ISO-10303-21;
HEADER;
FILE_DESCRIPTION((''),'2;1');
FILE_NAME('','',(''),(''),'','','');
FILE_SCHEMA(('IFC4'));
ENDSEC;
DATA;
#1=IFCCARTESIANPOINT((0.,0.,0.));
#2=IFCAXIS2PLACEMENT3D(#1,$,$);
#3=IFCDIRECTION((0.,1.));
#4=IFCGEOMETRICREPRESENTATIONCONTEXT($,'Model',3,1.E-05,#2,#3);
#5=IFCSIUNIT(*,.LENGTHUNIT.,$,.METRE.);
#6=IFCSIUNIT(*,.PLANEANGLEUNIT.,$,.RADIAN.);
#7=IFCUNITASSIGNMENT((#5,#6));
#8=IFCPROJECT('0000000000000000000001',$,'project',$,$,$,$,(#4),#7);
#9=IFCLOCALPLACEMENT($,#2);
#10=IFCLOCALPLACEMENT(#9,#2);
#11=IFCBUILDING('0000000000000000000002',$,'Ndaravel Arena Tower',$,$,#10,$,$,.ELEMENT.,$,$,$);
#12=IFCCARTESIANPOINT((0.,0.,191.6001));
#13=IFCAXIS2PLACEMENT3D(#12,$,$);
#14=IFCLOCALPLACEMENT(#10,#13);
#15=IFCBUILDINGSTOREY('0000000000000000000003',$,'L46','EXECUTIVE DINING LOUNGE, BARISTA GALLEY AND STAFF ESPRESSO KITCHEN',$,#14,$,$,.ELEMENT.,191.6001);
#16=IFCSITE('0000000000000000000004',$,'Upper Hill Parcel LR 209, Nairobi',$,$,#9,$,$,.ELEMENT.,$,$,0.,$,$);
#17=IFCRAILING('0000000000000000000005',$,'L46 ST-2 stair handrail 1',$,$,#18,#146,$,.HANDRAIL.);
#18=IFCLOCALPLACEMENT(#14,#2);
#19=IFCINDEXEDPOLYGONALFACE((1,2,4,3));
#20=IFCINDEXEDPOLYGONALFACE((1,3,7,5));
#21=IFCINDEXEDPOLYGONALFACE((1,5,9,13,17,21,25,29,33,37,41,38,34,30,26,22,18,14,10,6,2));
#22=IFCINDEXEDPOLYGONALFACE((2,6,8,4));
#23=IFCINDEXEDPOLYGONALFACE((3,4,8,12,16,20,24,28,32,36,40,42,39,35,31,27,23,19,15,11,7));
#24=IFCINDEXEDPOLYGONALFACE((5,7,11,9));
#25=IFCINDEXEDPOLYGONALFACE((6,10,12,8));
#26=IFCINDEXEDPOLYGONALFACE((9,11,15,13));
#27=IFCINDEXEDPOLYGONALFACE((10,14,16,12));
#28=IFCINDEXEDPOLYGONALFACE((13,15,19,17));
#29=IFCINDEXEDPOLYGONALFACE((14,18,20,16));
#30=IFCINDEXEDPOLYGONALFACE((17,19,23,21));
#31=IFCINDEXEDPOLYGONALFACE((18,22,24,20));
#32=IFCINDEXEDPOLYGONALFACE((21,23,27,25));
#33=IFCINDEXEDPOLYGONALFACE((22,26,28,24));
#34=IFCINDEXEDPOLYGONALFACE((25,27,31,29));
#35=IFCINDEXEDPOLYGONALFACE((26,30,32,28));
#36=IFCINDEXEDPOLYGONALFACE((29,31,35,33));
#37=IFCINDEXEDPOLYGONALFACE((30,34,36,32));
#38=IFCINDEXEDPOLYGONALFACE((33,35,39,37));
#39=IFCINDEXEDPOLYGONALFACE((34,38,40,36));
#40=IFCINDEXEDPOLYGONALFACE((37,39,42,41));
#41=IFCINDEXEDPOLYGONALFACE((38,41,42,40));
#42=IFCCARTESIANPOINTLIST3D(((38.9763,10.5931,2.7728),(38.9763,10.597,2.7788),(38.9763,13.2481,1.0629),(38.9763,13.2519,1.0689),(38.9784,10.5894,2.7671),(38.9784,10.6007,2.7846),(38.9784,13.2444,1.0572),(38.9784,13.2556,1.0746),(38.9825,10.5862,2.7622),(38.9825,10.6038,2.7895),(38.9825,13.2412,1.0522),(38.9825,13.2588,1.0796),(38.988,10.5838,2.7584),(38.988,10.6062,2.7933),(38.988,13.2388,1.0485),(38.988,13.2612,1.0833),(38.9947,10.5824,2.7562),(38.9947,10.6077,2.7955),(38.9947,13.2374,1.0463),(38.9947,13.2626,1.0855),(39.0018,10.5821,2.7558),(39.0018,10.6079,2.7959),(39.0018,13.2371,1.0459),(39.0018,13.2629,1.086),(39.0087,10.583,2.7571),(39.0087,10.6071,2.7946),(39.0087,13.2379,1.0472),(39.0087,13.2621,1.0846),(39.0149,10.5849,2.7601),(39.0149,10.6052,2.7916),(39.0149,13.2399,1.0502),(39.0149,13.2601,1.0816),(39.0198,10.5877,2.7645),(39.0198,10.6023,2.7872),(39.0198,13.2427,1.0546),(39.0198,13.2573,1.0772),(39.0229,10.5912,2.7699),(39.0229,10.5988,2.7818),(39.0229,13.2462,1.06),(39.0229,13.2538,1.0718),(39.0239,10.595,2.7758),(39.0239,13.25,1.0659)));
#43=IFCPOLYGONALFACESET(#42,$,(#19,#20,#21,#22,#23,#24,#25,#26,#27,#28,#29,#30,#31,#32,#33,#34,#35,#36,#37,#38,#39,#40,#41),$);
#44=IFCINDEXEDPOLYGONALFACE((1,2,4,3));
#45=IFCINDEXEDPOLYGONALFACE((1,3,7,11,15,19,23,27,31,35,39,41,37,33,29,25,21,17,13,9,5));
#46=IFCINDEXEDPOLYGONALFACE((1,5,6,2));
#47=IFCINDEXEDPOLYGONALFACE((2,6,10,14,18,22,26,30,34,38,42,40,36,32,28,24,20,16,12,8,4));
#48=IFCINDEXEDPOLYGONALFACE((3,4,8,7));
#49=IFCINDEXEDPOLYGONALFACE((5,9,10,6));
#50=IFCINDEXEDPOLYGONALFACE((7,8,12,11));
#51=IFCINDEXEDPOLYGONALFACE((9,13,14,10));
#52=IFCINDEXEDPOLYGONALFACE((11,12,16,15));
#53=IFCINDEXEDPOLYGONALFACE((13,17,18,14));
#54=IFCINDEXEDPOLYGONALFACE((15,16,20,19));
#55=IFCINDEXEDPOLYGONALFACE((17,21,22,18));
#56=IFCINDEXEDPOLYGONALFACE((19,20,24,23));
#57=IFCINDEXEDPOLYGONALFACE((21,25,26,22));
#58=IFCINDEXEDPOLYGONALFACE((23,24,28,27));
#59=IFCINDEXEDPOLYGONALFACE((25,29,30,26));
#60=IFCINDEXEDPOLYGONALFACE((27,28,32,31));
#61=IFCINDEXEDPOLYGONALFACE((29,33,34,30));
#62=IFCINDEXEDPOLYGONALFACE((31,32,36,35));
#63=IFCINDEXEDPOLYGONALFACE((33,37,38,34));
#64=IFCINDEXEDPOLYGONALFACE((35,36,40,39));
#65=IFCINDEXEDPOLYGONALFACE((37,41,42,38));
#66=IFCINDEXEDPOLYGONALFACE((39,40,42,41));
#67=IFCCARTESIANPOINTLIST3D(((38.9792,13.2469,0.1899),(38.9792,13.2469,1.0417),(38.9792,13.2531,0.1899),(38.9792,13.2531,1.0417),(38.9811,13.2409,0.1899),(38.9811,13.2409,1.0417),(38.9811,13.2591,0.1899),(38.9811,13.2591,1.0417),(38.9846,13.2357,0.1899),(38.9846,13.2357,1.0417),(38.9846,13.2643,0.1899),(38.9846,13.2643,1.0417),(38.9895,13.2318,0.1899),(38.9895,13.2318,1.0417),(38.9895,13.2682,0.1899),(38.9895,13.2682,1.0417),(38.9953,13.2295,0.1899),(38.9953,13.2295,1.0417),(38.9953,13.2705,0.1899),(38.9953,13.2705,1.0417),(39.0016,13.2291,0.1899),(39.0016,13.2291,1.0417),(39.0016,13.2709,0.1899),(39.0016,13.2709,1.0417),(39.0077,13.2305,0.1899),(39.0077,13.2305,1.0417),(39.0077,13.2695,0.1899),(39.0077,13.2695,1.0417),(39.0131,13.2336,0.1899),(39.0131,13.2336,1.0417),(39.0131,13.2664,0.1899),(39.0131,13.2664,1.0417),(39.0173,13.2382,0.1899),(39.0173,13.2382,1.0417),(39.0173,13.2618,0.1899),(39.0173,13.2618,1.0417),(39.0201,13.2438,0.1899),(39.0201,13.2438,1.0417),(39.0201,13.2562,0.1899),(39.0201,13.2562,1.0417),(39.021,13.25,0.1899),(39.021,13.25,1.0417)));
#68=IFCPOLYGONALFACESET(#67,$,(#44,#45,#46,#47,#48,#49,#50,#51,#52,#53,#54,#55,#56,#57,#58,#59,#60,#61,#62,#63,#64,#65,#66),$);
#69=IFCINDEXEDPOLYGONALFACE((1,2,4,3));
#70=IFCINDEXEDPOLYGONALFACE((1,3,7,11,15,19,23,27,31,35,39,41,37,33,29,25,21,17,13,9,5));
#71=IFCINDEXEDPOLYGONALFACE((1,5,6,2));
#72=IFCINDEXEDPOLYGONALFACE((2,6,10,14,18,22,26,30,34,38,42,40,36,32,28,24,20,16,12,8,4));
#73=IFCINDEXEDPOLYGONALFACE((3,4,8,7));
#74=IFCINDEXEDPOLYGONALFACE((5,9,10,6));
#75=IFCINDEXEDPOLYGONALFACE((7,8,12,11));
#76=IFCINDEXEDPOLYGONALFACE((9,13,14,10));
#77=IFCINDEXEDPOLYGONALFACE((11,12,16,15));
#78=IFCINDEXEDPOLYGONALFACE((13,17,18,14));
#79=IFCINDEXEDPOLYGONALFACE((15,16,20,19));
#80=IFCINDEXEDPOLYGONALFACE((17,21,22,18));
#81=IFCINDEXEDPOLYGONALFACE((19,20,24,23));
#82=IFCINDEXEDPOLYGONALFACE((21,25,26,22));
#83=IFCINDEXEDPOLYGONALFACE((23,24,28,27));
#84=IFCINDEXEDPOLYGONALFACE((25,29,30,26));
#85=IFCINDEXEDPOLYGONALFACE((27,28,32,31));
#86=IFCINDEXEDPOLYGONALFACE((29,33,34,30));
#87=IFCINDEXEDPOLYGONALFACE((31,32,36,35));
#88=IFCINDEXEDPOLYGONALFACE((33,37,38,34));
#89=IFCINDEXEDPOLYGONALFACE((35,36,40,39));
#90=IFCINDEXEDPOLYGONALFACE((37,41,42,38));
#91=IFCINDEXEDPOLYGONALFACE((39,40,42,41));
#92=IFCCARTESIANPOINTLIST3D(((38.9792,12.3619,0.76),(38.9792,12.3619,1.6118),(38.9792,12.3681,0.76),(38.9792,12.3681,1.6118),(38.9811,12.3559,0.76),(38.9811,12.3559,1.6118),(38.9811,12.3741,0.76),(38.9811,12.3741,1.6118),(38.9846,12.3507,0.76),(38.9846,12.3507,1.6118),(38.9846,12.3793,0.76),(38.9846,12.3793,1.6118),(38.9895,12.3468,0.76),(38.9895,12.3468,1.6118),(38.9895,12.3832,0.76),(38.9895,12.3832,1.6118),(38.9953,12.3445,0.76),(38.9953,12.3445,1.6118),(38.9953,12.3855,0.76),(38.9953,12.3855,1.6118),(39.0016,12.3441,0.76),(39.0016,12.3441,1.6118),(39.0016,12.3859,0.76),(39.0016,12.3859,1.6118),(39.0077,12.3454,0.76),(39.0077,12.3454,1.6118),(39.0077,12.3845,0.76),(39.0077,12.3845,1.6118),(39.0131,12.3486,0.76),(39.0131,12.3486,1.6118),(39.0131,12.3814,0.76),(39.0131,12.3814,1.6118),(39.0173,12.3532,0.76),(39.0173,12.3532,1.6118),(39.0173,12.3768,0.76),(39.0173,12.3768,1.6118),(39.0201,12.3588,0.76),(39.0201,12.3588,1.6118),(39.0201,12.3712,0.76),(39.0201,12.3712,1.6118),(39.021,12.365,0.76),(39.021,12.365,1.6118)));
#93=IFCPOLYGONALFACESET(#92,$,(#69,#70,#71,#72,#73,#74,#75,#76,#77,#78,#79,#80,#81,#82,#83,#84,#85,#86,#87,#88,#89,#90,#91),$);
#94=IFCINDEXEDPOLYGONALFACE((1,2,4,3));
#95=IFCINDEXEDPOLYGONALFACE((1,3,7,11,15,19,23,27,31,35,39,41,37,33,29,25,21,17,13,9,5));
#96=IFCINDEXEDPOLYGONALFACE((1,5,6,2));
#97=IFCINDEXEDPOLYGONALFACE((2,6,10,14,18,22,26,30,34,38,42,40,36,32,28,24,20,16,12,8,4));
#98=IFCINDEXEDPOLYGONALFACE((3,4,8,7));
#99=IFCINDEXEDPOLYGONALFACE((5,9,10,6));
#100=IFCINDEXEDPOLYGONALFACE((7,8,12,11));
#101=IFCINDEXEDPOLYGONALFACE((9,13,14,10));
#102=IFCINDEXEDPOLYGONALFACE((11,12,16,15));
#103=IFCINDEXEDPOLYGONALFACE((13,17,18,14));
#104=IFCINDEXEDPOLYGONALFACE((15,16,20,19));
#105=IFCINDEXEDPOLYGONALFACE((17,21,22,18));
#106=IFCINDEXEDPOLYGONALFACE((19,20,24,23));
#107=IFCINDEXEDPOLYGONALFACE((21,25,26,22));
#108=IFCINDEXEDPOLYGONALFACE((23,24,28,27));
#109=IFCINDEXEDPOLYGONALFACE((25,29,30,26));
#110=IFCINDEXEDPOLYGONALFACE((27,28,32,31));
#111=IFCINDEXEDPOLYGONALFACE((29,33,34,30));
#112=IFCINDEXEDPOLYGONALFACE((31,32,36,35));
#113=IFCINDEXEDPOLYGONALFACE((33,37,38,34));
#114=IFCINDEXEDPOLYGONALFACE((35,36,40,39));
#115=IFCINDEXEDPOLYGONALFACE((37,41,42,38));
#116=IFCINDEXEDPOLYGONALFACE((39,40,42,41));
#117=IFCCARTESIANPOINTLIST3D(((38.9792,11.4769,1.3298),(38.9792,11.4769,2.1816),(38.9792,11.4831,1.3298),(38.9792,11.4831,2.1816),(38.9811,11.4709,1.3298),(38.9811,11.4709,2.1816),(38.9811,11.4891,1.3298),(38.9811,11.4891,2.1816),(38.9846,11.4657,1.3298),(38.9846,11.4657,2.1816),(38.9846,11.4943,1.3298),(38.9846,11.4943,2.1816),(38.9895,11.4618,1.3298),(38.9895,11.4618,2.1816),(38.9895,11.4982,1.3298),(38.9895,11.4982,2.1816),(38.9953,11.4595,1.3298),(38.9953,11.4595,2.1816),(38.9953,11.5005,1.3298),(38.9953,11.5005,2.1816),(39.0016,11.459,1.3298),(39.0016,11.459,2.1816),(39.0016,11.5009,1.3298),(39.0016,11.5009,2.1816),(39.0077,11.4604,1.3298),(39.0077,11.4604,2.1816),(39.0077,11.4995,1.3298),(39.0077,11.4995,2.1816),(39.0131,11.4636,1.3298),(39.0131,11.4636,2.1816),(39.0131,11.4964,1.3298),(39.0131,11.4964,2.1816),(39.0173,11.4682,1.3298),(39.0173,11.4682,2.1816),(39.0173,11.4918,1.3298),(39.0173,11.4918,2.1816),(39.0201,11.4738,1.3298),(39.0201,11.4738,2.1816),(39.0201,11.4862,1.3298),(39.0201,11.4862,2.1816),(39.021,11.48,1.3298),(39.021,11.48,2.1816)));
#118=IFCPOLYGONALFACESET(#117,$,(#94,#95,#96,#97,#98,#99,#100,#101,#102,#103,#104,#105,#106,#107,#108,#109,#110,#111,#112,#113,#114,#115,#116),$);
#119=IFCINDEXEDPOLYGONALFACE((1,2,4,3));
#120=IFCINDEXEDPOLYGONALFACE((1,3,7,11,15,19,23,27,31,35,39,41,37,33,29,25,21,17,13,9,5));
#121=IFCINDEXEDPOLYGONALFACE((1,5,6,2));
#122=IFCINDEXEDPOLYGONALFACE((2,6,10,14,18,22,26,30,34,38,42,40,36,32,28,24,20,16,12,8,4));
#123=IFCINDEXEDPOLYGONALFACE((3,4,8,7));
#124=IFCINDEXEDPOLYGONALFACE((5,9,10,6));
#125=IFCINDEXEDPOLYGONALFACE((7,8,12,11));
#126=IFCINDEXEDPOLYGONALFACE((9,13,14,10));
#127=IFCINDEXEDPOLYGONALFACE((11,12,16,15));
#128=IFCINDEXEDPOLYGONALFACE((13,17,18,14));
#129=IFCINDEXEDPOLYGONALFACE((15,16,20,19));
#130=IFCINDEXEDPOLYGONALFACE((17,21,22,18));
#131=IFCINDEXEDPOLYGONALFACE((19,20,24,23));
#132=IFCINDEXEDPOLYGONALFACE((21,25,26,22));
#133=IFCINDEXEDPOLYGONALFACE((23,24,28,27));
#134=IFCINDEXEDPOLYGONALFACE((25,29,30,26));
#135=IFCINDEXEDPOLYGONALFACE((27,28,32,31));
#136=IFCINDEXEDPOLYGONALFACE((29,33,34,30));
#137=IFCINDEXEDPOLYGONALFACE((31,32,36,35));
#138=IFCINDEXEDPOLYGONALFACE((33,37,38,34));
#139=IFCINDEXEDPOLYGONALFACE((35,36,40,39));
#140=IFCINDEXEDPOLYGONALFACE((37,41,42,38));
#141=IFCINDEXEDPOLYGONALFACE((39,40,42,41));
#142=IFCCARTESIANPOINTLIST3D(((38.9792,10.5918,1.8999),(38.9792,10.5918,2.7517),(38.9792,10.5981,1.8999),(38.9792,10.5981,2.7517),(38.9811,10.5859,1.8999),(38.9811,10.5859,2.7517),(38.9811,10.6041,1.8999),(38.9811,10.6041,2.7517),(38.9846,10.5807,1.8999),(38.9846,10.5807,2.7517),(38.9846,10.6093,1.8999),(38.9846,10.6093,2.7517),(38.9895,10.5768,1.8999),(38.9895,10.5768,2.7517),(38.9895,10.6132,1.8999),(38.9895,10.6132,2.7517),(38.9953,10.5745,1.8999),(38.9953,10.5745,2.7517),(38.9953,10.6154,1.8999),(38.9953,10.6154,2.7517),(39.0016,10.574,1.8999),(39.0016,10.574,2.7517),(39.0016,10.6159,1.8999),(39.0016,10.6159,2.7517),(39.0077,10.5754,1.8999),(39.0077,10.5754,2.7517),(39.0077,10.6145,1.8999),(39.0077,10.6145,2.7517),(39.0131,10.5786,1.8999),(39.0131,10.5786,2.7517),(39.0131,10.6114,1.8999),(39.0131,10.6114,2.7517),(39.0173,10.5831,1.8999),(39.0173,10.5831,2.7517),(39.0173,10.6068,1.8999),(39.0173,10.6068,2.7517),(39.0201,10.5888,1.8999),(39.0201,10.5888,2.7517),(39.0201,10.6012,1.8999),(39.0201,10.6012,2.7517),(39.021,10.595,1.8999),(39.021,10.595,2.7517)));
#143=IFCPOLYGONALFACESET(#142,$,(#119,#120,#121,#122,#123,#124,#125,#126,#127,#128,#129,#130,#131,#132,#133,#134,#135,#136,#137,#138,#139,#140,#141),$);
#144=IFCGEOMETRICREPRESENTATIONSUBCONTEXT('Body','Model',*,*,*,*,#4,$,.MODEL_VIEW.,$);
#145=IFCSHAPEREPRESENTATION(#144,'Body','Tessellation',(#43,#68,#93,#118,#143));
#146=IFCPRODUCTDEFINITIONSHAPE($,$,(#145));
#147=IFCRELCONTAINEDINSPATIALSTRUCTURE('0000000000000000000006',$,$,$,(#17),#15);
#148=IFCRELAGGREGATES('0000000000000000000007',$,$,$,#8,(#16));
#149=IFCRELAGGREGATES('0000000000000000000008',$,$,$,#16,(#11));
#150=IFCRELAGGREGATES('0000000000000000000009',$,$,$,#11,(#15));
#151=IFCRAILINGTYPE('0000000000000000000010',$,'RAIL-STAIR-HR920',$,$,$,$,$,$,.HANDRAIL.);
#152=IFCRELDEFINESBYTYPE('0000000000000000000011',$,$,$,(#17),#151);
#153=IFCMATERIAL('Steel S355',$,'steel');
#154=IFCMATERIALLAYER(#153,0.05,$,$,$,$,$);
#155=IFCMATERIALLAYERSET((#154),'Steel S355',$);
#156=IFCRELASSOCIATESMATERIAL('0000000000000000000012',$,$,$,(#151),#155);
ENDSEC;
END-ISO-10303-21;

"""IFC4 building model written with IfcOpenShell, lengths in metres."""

from ifc_helpers import new_model, si_unit, direction, frame, origin, origin_2d, place, context, subcontext, project, spatial, circle, extrude, material, layer, layer_set, type_object, element, save


model = new_model("IFC4")

# Units and contexts
model_context = context("Model", 3, precision=1e-05, world=origin(), true_north=direction((0.0, 1.0)))
body_context = subcontext(model_context, "Body", "Model", "MODEL_VIEW")
ifc_project = project(units=[si_unit("LENGTHUNIT", "METRE"), si_unit("PLANEANGLEUNIT", "RADIAN")], contexts=[model_context])

# Site, building, storey
site_placement = place(None, origin())
site = spatial("IfcSite", under=ifc_project, at=site_placement, Name="Upper Hill Parcel LR 209, Nairobi", CompositionType="ELEMENT", RefElevation=0.0)
building_placement = place(site_placement, origin())
building = spatial("IfcBuilding", under=site, at=building_placement, Name="Ndaravel Arena Tower", CompositionType="ELEMENT")
storey_placement = place(building_placement, frame((0.0, 0.0, 191.6001)))
storey = spatial("IfcBuildingStorey", under=building, at=storey_placement, Name="L46", Description="EXECUTIVE DINING LOUNGE, BARISTA GALLEY AND STAFF ESPRESSO KITCHEN", CompositionType="ELEMENT", Elevation=191.6001)

# Railing
ifc_material_1 = material(Name="Steel S355", Category="steel")
ifc_layer_1 = layer(ifc_material_1, 0.05)
ifc_layer_set_1 = layer_set([ifc_layer_1], Name="Steel S355")
railing_type_1 = type_object("IfcRailingType", Name="RAIL-STAIR-HR920", PredefinedType="HANDRAIL", material=ifc_layer_set_1)
railing_1_placement = place(storey_placement, frame((39.0, 13.25, 0.1899)))
element("IfcRailing", 1, at=railing_1_placement, inside=storey, type_object=railing_type_1, Name="L46 ST-2 stair handrail 1", PredefinedType="HANDRAIL", context=body_context, shape_type="SweptSolid", body=[
    extrude(circle(Radius=0.0239, at=origin_2d()), frame((0.0, 0.0, 0.876), z_axis=(0.0, -0.840724, 0.541465), x_axis=(1.0, 0.0, 0.0)), (0.0, 0.0, 1.0), 3.158),
    extrude(circle(Radius=0.021, at=origin_2d()), origin(), (0.0, 0.0, 1.0), 0.8518),
    extrude(circle(Radius=0.021, at=origin_2d()), frame((0.0, -0.885, 0.5701)), (0.0, 0.0, 1.0), 0.8518),
    extrude(circle(Radius=0.021, at=origin_2d()), frame((0.0, -1.77, 1.1399)), (0.0, 0.0, 1.0), 0.8518),
    extrude(circle(Radius=0.021, at=origin_2d()), frame((0.0, -2.655, 1.71)), (0.0, 0.0, 1.0), 0.8518),
])

save(model, "model.ifc")
